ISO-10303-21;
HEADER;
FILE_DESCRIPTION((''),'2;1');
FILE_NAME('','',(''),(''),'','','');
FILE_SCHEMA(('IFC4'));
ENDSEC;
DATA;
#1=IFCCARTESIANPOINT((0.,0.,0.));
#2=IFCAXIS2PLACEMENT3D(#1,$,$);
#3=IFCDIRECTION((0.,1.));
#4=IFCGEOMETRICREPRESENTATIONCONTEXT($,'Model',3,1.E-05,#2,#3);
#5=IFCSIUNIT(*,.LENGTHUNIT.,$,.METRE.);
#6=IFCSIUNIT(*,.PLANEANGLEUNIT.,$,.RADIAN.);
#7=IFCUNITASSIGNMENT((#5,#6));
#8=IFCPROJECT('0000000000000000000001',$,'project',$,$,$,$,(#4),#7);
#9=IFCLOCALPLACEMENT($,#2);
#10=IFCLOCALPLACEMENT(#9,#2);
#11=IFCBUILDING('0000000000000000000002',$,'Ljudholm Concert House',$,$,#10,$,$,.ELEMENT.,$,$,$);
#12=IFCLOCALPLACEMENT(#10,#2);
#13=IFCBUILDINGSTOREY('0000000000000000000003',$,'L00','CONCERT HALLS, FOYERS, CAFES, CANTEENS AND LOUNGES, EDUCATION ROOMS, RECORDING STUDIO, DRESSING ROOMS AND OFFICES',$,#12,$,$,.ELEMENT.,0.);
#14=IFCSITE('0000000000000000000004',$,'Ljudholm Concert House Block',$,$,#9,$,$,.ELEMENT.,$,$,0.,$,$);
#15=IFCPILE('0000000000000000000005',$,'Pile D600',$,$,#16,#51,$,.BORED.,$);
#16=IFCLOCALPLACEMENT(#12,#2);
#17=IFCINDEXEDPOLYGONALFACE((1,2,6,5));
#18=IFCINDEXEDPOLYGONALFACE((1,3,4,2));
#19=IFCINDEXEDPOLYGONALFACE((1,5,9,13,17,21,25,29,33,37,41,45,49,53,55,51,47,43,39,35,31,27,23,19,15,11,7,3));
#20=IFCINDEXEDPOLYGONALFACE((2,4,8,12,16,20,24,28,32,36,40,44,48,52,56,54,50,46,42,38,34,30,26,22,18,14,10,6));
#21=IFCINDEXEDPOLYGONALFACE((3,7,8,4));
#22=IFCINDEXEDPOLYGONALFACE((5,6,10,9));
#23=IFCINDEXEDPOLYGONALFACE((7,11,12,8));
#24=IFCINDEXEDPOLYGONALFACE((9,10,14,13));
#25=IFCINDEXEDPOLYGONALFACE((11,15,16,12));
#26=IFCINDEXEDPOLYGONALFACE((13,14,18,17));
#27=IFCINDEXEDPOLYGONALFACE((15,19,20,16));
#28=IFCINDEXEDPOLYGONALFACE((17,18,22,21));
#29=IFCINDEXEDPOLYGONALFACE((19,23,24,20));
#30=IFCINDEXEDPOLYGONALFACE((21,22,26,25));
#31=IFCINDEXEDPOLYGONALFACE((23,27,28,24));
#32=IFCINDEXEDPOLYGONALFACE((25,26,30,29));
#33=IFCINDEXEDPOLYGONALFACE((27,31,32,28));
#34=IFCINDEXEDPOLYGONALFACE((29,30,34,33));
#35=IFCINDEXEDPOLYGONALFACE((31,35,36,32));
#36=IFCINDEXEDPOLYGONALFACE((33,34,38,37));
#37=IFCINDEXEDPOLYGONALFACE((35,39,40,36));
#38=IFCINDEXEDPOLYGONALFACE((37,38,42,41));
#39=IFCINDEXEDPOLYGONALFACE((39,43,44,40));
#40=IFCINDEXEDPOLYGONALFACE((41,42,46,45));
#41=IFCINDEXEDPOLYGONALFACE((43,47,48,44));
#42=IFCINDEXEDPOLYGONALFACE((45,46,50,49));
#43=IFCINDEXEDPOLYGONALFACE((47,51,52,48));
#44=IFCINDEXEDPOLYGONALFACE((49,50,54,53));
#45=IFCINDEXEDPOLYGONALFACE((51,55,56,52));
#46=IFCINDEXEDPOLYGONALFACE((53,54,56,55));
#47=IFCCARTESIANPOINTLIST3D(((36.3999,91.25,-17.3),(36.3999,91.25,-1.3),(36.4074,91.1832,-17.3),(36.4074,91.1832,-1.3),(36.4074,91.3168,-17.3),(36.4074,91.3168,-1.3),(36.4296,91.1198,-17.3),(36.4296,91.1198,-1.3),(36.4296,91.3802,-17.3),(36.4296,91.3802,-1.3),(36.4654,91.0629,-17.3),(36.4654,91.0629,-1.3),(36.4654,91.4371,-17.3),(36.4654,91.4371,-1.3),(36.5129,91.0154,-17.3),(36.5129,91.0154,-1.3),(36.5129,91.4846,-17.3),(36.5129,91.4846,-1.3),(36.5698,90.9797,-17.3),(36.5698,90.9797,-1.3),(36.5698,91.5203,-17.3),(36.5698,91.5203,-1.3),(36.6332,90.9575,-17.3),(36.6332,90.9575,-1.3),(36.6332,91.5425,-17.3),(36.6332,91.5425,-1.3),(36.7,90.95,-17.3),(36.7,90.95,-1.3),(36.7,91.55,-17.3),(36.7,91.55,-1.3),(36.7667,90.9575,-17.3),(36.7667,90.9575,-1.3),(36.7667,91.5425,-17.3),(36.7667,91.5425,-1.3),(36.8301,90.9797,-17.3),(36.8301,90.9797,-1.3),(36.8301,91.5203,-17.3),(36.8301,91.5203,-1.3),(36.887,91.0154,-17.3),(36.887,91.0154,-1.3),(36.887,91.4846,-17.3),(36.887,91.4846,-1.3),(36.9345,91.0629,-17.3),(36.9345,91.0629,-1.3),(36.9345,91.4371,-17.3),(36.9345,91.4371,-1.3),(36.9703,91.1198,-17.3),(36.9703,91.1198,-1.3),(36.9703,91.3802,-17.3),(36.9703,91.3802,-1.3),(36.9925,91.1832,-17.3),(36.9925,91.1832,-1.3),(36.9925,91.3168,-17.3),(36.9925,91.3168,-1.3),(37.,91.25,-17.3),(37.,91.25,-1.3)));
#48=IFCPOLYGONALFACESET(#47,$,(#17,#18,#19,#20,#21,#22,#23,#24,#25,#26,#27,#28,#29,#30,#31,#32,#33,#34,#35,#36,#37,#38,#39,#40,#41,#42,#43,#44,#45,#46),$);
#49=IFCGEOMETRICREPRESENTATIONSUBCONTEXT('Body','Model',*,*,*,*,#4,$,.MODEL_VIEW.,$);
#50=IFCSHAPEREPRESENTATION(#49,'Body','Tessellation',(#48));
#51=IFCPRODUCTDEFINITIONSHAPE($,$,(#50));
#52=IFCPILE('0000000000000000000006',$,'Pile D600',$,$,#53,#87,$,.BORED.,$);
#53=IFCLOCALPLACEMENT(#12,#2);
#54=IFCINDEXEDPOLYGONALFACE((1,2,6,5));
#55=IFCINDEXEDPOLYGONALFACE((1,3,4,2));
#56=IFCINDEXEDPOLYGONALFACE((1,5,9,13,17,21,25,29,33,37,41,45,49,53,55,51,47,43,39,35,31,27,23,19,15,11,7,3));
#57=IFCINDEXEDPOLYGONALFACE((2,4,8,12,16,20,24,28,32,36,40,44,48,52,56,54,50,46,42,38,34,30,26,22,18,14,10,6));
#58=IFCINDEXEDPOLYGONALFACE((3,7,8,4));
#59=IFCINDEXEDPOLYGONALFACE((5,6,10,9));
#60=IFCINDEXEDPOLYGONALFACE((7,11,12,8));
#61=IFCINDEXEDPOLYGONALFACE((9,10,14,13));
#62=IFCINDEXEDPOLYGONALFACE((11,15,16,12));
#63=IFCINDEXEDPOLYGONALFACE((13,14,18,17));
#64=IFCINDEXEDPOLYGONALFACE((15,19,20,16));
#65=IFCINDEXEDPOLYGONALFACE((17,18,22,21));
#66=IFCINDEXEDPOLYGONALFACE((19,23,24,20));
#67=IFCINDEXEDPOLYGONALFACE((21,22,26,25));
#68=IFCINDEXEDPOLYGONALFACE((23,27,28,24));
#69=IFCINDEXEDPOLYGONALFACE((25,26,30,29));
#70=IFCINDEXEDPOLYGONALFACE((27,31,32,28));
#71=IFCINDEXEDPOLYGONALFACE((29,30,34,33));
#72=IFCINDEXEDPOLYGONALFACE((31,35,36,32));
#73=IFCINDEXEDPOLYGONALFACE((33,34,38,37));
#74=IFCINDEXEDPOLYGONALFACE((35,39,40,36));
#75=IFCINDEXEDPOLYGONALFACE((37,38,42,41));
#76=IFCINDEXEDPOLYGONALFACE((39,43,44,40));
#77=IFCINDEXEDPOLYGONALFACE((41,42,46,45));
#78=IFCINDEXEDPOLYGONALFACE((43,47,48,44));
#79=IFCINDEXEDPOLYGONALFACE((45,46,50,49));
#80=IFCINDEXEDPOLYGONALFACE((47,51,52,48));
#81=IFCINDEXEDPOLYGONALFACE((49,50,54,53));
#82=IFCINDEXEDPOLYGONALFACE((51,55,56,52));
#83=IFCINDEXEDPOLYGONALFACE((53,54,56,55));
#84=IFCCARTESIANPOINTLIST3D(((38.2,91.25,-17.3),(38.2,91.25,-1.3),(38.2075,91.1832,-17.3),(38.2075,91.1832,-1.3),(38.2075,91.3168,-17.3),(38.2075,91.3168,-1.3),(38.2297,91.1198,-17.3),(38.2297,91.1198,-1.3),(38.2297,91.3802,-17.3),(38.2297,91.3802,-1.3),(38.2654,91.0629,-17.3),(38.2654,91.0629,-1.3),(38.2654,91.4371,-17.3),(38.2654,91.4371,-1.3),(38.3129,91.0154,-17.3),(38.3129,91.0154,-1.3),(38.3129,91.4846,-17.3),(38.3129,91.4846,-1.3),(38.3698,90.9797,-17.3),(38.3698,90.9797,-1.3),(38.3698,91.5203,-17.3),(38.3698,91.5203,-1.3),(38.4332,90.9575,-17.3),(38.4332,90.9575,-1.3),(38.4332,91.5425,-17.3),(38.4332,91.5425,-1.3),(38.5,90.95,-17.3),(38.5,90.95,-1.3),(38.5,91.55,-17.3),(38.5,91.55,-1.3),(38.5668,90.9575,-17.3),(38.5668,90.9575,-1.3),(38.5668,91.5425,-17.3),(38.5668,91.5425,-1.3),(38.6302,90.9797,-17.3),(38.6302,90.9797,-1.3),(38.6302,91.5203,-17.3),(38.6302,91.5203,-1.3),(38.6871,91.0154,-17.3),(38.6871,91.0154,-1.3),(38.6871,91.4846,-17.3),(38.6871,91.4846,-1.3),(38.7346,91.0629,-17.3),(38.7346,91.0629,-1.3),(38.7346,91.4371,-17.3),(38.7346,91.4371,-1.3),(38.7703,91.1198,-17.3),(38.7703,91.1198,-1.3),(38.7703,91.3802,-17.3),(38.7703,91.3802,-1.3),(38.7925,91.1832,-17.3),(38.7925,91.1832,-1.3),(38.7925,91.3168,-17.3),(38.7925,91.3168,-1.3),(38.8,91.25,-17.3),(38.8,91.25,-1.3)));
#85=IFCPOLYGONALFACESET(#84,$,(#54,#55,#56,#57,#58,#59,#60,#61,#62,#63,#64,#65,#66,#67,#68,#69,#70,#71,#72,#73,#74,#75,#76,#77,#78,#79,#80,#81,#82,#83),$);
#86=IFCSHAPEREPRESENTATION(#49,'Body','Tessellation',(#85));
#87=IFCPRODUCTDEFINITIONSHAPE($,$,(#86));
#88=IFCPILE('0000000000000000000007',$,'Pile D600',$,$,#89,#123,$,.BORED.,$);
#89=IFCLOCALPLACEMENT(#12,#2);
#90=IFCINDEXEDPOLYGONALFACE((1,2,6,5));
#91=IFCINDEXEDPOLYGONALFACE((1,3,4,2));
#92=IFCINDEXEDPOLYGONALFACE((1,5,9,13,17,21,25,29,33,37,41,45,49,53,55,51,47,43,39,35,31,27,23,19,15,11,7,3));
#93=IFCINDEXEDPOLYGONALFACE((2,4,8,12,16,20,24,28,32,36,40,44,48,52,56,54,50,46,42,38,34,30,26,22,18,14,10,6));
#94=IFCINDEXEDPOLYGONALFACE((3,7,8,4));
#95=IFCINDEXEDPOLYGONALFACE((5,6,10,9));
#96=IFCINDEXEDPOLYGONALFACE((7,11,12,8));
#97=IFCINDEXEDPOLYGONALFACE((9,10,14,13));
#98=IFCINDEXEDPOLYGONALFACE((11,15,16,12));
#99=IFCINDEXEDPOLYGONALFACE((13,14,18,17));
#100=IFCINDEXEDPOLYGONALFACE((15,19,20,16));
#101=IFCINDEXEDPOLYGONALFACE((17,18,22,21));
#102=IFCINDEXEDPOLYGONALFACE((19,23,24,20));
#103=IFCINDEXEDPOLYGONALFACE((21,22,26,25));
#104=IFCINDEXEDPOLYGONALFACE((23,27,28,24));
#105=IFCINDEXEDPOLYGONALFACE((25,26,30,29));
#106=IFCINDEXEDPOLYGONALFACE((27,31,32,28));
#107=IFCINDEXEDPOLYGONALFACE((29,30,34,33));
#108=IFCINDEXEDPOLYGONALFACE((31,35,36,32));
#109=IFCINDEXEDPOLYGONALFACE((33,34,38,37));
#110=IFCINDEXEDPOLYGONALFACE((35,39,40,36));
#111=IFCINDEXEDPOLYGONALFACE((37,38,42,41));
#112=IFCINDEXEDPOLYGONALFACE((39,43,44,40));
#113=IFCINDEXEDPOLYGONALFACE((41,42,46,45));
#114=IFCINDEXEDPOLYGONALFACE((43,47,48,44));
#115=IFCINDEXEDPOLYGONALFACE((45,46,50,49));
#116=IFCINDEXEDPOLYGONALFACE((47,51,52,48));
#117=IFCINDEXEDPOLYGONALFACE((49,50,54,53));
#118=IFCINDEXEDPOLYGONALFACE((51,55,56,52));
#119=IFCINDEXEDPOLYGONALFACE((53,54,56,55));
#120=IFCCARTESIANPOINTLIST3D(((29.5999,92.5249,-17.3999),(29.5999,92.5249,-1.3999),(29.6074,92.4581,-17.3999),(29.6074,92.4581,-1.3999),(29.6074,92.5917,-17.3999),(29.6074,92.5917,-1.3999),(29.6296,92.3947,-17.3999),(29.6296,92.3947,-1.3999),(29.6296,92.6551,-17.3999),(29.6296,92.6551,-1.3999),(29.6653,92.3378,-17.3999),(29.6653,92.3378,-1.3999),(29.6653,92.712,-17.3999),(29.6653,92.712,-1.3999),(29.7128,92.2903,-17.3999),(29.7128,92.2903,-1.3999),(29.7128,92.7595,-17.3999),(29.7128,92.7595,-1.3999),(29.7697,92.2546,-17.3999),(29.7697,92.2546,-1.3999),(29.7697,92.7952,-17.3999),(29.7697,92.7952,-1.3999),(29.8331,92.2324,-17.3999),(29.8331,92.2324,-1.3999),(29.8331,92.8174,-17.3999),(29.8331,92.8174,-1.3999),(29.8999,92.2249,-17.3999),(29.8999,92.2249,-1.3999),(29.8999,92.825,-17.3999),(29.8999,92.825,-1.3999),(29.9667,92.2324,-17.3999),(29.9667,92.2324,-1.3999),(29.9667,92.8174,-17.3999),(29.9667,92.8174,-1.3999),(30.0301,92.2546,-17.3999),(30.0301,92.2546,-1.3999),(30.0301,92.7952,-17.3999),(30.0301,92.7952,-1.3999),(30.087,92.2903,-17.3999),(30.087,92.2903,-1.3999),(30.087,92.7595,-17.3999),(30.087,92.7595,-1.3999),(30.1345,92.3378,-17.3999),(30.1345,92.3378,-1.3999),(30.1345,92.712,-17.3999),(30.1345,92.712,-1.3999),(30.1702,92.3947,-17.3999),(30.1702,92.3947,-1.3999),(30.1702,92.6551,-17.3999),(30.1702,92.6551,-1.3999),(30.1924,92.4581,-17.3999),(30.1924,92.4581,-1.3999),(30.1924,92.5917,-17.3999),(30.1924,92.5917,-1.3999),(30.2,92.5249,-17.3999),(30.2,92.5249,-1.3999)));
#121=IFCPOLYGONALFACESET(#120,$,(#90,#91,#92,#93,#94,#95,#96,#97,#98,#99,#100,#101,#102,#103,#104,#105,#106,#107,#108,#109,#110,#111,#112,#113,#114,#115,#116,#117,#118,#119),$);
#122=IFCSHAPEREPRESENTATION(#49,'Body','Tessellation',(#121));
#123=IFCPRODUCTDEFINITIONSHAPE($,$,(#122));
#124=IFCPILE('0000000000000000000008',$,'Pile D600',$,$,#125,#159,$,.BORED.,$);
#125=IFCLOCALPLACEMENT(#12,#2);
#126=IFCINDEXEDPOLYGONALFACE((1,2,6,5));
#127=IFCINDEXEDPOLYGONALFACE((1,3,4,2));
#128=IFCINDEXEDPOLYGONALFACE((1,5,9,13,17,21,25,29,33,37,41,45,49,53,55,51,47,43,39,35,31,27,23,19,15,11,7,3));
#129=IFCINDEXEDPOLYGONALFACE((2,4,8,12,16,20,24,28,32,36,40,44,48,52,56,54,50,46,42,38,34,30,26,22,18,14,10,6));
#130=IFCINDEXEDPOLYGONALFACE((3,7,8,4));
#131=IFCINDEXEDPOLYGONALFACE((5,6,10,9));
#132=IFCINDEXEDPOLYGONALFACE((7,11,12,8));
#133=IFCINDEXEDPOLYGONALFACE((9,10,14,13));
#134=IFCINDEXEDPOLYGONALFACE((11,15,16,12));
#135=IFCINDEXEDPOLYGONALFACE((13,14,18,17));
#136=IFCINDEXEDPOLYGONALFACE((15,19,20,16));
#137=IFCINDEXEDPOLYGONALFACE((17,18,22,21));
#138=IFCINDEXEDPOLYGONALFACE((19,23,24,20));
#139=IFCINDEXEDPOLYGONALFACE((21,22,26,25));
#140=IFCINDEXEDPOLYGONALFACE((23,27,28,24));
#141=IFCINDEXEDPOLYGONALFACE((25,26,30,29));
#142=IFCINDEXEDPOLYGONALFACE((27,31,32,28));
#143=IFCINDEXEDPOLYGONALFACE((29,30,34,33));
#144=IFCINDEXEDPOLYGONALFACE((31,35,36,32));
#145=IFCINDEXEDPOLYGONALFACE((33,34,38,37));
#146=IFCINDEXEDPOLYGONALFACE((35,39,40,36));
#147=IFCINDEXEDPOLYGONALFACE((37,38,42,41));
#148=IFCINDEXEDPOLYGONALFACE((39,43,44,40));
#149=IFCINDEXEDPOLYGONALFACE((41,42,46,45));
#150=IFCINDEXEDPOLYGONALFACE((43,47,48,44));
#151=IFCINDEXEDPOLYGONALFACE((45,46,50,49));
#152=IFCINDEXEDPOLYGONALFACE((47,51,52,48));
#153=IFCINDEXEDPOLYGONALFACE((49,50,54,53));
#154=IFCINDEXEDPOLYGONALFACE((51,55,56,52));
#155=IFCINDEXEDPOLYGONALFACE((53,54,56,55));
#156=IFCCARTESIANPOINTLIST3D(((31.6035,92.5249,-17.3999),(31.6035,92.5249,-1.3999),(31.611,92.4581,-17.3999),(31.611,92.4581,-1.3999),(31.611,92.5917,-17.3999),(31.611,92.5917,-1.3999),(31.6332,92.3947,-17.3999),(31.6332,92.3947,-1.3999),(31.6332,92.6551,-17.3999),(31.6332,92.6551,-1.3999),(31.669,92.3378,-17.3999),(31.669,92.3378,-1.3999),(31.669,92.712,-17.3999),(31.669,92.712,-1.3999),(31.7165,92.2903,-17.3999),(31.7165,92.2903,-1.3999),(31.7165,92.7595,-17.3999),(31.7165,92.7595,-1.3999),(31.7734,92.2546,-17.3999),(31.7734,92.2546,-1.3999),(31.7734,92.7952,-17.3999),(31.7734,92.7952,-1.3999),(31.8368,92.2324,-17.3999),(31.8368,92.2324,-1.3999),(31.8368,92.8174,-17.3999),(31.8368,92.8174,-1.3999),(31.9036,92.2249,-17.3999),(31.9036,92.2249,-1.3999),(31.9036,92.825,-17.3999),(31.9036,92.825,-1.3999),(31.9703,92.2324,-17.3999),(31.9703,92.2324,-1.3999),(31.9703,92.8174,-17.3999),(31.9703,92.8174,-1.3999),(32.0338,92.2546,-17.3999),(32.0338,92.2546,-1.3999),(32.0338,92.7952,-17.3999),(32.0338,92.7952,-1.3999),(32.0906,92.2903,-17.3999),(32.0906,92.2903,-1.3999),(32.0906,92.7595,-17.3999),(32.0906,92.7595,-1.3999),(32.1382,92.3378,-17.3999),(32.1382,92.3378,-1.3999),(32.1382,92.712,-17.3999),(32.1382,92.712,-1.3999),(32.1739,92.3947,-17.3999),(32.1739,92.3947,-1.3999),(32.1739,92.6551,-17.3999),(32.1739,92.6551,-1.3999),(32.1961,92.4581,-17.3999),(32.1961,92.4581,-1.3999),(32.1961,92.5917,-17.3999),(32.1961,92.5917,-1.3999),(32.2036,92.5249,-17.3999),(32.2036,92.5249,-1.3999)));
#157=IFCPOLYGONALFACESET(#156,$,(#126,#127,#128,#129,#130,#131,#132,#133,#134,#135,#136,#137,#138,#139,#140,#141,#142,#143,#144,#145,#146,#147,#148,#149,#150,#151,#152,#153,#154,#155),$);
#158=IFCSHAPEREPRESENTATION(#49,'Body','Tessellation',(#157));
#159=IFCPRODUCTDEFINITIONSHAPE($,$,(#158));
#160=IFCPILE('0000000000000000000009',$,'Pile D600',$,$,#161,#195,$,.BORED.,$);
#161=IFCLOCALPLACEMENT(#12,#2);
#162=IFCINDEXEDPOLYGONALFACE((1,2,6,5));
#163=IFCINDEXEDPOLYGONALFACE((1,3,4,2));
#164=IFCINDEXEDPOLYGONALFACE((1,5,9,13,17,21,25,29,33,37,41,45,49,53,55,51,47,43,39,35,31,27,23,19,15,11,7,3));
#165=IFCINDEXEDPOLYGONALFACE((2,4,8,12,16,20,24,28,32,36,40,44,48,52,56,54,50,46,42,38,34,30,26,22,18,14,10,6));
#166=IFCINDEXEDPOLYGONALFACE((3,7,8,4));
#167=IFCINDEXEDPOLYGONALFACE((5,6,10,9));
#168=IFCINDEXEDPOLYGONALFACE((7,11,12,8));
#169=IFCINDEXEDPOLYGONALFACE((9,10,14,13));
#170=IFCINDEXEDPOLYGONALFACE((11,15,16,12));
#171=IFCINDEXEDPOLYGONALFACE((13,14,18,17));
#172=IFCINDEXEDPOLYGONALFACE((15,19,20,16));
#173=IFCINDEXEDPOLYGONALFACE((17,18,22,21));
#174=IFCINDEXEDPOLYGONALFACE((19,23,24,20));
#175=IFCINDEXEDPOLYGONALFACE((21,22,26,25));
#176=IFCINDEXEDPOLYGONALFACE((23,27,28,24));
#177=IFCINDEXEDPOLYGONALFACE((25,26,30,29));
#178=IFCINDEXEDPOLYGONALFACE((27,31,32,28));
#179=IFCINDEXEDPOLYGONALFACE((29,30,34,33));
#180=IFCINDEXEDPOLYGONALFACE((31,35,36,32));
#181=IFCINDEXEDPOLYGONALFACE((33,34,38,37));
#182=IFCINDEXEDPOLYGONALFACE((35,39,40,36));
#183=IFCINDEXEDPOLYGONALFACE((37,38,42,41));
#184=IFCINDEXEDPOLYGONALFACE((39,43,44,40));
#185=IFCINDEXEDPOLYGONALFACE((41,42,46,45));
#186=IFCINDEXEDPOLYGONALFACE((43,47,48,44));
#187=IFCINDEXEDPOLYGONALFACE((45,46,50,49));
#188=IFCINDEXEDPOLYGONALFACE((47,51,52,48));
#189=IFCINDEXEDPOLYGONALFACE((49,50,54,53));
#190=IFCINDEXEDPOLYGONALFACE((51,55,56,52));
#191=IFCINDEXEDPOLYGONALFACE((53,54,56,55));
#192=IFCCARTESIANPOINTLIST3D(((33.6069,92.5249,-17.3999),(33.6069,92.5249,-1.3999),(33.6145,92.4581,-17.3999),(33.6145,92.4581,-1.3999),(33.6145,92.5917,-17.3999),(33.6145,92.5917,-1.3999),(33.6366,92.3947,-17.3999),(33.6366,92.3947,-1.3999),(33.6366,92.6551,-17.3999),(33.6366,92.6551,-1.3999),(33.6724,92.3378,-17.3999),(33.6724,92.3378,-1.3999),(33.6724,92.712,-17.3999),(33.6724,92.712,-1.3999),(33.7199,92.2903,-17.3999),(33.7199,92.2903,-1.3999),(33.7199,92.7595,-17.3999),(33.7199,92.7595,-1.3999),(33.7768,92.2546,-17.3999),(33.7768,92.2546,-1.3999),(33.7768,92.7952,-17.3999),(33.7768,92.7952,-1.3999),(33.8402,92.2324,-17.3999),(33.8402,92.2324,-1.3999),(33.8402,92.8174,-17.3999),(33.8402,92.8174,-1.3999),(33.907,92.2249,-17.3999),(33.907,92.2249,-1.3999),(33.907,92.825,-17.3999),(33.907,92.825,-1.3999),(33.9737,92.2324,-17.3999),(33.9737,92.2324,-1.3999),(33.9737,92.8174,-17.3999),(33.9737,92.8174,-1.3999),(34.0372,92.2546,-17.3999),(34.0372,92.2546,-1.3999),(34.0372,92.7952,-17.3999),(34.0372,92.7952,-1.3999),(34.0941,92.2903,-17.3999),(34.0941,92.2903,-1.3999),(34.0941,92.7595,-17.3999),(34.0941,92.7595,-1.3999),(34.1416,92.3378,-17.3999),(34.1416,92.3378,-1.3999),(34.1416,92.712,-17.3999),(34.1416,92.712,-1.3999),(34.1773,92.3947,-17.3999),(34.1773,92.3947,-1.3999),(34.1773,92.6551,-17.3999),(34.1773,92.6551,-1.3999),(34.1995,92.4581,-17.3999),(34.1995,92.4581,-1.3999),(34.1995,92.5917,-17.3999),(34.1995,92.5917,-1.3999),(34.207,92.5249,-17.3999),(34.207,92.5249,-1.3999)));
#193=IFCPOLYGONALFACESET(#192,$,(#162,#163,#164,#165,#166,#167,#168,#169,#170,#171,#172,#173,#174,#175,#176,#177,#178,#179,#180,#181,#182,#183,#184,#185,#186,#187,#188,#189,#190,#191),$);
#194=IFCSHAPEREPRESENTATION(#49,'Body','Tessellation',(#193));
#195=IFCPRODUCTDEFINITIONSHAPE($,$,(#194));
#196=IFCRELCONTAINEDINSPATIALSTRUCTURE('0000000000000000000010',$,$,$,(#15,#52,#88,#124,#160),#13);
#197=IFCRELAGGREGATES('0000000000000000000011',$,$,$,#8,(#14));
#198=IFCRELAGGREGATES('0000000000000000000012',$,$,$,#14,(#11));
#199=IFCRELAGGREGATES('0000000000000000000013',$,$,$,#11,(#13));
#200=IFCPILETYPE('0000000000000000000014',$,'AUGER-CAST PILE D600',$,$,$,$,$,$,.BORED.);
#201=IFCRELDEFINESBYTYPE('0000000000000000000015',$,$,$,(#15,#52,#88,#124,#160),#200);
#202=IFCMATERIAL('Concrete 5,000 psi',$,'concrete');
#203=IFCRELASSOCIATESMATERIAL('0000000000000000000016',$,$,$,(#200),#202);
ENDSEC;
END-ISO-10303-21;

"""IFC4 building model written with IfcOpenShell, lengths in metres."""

from ifc_helpers import new_model, si_unit, direction, frame, origin, origin_2d, place, context, subcontext, project, spatial, circle, extrude, material, material_profile, profile_set, type_object, element, save


model = new_model("IFC4")

# Units and contexts
model_context = context("Model", 3, precision=1e-05, world=origin(), true_north=direction((0.0, 1.0)))
body_context = subcontext(model_context, "Body", "Model", "MODEL_VIEW")
ifc_project = project(units=[si_unit("LENGTHUNIT", "METRE"), si_unit("PLANEANGLEUNIT", "RADIAN")], contexts=[model_context])

# Site, building, storey
site_placement = place(None, origin())
site = spatial("IfcSite", under=ifc_project, at=site_placement, Name="Ljudholm Concert House Block", CompositionType="ELEMENT", RefElevation=0.0)
building_placement = place(site_placement, origin())
building = spatial("IfcBuilding", under=site, at=building_placement, Name="Ljudholm Concert House", CompositionType="ELEMENT")
storey_placement = place(building_placement, origin())
storey = spatial("IfcBuildingStorey", under=building, at=storey_placement, Name="L00", Description="CONCERT HALLS, FOYERS, CAFES, CANTEENS AND LOUNGES, EDUCATION ROOMS, RECORDING STUDIO, DRESSING ROOMS AND OFFICES", CompositionType="ELEMENT", Elevation=0.0)

# Piles
ifc_material_1 = material(Name="Concrete 5,000 psi", Category="concrete")
ifc_material_profile_1 = material_profile(ifc_material_1, circle(Radius=0.3, at=origin_2d()), Name="AUGER-CAST PILE D600")
ifc_profile_set_1 = profile_set([ifc_material_profile_1], Name="Concrete 5,000 psi")
pile_type_1 = type_object("IfcPileType", Name="AUGER-CAST PILE D600", PredefinedType="BORED", material=ifc_profile_set_1)
for number, where, z_axis, x_axis, name in (
    (1, (36.7, 91.25, -1.3), (0.0, 0.0, -1.0), (1.0, 0.0, 0.0), "Pile D600"),
    (2, (38.5, 91.25, -1.3), (0.0, 0.0, -1.0), (1.0, 0.0, 0.0), "Pile D600"),
    (3, (29.8999, 92.5249, -1.3999), (0.0, 0.0, -1.0), (1.0, 0.0, 0.0), "Pile D600"),
    (4, (31.9036, 92.5249, -1.3999), (0.0, 0.0, -1.0), (1.0, 0.0, 0.0), "Pile D600"),
    (5, (33.907, 92.5249, -1.3999), (0.0, 0.0, -1.0), (1.0, 0.0, 0.0), "Pile D600"),
):
    element("IfcPile", number, at=place(storey_placement, frame(where, z_axis=z_axis, x_axis=x_axis)), inside=storey, type_object=pile_type_1, Name=name, PredefinedType="BORED", context=body_context, shape_type="SweptSolid", body=[
        extrude(circle(Radius=0.3, at=origin_2d()), origin(), (0.0, 0.0, 1.0), 16.0),
    ])

save(model, "model.ifc")
